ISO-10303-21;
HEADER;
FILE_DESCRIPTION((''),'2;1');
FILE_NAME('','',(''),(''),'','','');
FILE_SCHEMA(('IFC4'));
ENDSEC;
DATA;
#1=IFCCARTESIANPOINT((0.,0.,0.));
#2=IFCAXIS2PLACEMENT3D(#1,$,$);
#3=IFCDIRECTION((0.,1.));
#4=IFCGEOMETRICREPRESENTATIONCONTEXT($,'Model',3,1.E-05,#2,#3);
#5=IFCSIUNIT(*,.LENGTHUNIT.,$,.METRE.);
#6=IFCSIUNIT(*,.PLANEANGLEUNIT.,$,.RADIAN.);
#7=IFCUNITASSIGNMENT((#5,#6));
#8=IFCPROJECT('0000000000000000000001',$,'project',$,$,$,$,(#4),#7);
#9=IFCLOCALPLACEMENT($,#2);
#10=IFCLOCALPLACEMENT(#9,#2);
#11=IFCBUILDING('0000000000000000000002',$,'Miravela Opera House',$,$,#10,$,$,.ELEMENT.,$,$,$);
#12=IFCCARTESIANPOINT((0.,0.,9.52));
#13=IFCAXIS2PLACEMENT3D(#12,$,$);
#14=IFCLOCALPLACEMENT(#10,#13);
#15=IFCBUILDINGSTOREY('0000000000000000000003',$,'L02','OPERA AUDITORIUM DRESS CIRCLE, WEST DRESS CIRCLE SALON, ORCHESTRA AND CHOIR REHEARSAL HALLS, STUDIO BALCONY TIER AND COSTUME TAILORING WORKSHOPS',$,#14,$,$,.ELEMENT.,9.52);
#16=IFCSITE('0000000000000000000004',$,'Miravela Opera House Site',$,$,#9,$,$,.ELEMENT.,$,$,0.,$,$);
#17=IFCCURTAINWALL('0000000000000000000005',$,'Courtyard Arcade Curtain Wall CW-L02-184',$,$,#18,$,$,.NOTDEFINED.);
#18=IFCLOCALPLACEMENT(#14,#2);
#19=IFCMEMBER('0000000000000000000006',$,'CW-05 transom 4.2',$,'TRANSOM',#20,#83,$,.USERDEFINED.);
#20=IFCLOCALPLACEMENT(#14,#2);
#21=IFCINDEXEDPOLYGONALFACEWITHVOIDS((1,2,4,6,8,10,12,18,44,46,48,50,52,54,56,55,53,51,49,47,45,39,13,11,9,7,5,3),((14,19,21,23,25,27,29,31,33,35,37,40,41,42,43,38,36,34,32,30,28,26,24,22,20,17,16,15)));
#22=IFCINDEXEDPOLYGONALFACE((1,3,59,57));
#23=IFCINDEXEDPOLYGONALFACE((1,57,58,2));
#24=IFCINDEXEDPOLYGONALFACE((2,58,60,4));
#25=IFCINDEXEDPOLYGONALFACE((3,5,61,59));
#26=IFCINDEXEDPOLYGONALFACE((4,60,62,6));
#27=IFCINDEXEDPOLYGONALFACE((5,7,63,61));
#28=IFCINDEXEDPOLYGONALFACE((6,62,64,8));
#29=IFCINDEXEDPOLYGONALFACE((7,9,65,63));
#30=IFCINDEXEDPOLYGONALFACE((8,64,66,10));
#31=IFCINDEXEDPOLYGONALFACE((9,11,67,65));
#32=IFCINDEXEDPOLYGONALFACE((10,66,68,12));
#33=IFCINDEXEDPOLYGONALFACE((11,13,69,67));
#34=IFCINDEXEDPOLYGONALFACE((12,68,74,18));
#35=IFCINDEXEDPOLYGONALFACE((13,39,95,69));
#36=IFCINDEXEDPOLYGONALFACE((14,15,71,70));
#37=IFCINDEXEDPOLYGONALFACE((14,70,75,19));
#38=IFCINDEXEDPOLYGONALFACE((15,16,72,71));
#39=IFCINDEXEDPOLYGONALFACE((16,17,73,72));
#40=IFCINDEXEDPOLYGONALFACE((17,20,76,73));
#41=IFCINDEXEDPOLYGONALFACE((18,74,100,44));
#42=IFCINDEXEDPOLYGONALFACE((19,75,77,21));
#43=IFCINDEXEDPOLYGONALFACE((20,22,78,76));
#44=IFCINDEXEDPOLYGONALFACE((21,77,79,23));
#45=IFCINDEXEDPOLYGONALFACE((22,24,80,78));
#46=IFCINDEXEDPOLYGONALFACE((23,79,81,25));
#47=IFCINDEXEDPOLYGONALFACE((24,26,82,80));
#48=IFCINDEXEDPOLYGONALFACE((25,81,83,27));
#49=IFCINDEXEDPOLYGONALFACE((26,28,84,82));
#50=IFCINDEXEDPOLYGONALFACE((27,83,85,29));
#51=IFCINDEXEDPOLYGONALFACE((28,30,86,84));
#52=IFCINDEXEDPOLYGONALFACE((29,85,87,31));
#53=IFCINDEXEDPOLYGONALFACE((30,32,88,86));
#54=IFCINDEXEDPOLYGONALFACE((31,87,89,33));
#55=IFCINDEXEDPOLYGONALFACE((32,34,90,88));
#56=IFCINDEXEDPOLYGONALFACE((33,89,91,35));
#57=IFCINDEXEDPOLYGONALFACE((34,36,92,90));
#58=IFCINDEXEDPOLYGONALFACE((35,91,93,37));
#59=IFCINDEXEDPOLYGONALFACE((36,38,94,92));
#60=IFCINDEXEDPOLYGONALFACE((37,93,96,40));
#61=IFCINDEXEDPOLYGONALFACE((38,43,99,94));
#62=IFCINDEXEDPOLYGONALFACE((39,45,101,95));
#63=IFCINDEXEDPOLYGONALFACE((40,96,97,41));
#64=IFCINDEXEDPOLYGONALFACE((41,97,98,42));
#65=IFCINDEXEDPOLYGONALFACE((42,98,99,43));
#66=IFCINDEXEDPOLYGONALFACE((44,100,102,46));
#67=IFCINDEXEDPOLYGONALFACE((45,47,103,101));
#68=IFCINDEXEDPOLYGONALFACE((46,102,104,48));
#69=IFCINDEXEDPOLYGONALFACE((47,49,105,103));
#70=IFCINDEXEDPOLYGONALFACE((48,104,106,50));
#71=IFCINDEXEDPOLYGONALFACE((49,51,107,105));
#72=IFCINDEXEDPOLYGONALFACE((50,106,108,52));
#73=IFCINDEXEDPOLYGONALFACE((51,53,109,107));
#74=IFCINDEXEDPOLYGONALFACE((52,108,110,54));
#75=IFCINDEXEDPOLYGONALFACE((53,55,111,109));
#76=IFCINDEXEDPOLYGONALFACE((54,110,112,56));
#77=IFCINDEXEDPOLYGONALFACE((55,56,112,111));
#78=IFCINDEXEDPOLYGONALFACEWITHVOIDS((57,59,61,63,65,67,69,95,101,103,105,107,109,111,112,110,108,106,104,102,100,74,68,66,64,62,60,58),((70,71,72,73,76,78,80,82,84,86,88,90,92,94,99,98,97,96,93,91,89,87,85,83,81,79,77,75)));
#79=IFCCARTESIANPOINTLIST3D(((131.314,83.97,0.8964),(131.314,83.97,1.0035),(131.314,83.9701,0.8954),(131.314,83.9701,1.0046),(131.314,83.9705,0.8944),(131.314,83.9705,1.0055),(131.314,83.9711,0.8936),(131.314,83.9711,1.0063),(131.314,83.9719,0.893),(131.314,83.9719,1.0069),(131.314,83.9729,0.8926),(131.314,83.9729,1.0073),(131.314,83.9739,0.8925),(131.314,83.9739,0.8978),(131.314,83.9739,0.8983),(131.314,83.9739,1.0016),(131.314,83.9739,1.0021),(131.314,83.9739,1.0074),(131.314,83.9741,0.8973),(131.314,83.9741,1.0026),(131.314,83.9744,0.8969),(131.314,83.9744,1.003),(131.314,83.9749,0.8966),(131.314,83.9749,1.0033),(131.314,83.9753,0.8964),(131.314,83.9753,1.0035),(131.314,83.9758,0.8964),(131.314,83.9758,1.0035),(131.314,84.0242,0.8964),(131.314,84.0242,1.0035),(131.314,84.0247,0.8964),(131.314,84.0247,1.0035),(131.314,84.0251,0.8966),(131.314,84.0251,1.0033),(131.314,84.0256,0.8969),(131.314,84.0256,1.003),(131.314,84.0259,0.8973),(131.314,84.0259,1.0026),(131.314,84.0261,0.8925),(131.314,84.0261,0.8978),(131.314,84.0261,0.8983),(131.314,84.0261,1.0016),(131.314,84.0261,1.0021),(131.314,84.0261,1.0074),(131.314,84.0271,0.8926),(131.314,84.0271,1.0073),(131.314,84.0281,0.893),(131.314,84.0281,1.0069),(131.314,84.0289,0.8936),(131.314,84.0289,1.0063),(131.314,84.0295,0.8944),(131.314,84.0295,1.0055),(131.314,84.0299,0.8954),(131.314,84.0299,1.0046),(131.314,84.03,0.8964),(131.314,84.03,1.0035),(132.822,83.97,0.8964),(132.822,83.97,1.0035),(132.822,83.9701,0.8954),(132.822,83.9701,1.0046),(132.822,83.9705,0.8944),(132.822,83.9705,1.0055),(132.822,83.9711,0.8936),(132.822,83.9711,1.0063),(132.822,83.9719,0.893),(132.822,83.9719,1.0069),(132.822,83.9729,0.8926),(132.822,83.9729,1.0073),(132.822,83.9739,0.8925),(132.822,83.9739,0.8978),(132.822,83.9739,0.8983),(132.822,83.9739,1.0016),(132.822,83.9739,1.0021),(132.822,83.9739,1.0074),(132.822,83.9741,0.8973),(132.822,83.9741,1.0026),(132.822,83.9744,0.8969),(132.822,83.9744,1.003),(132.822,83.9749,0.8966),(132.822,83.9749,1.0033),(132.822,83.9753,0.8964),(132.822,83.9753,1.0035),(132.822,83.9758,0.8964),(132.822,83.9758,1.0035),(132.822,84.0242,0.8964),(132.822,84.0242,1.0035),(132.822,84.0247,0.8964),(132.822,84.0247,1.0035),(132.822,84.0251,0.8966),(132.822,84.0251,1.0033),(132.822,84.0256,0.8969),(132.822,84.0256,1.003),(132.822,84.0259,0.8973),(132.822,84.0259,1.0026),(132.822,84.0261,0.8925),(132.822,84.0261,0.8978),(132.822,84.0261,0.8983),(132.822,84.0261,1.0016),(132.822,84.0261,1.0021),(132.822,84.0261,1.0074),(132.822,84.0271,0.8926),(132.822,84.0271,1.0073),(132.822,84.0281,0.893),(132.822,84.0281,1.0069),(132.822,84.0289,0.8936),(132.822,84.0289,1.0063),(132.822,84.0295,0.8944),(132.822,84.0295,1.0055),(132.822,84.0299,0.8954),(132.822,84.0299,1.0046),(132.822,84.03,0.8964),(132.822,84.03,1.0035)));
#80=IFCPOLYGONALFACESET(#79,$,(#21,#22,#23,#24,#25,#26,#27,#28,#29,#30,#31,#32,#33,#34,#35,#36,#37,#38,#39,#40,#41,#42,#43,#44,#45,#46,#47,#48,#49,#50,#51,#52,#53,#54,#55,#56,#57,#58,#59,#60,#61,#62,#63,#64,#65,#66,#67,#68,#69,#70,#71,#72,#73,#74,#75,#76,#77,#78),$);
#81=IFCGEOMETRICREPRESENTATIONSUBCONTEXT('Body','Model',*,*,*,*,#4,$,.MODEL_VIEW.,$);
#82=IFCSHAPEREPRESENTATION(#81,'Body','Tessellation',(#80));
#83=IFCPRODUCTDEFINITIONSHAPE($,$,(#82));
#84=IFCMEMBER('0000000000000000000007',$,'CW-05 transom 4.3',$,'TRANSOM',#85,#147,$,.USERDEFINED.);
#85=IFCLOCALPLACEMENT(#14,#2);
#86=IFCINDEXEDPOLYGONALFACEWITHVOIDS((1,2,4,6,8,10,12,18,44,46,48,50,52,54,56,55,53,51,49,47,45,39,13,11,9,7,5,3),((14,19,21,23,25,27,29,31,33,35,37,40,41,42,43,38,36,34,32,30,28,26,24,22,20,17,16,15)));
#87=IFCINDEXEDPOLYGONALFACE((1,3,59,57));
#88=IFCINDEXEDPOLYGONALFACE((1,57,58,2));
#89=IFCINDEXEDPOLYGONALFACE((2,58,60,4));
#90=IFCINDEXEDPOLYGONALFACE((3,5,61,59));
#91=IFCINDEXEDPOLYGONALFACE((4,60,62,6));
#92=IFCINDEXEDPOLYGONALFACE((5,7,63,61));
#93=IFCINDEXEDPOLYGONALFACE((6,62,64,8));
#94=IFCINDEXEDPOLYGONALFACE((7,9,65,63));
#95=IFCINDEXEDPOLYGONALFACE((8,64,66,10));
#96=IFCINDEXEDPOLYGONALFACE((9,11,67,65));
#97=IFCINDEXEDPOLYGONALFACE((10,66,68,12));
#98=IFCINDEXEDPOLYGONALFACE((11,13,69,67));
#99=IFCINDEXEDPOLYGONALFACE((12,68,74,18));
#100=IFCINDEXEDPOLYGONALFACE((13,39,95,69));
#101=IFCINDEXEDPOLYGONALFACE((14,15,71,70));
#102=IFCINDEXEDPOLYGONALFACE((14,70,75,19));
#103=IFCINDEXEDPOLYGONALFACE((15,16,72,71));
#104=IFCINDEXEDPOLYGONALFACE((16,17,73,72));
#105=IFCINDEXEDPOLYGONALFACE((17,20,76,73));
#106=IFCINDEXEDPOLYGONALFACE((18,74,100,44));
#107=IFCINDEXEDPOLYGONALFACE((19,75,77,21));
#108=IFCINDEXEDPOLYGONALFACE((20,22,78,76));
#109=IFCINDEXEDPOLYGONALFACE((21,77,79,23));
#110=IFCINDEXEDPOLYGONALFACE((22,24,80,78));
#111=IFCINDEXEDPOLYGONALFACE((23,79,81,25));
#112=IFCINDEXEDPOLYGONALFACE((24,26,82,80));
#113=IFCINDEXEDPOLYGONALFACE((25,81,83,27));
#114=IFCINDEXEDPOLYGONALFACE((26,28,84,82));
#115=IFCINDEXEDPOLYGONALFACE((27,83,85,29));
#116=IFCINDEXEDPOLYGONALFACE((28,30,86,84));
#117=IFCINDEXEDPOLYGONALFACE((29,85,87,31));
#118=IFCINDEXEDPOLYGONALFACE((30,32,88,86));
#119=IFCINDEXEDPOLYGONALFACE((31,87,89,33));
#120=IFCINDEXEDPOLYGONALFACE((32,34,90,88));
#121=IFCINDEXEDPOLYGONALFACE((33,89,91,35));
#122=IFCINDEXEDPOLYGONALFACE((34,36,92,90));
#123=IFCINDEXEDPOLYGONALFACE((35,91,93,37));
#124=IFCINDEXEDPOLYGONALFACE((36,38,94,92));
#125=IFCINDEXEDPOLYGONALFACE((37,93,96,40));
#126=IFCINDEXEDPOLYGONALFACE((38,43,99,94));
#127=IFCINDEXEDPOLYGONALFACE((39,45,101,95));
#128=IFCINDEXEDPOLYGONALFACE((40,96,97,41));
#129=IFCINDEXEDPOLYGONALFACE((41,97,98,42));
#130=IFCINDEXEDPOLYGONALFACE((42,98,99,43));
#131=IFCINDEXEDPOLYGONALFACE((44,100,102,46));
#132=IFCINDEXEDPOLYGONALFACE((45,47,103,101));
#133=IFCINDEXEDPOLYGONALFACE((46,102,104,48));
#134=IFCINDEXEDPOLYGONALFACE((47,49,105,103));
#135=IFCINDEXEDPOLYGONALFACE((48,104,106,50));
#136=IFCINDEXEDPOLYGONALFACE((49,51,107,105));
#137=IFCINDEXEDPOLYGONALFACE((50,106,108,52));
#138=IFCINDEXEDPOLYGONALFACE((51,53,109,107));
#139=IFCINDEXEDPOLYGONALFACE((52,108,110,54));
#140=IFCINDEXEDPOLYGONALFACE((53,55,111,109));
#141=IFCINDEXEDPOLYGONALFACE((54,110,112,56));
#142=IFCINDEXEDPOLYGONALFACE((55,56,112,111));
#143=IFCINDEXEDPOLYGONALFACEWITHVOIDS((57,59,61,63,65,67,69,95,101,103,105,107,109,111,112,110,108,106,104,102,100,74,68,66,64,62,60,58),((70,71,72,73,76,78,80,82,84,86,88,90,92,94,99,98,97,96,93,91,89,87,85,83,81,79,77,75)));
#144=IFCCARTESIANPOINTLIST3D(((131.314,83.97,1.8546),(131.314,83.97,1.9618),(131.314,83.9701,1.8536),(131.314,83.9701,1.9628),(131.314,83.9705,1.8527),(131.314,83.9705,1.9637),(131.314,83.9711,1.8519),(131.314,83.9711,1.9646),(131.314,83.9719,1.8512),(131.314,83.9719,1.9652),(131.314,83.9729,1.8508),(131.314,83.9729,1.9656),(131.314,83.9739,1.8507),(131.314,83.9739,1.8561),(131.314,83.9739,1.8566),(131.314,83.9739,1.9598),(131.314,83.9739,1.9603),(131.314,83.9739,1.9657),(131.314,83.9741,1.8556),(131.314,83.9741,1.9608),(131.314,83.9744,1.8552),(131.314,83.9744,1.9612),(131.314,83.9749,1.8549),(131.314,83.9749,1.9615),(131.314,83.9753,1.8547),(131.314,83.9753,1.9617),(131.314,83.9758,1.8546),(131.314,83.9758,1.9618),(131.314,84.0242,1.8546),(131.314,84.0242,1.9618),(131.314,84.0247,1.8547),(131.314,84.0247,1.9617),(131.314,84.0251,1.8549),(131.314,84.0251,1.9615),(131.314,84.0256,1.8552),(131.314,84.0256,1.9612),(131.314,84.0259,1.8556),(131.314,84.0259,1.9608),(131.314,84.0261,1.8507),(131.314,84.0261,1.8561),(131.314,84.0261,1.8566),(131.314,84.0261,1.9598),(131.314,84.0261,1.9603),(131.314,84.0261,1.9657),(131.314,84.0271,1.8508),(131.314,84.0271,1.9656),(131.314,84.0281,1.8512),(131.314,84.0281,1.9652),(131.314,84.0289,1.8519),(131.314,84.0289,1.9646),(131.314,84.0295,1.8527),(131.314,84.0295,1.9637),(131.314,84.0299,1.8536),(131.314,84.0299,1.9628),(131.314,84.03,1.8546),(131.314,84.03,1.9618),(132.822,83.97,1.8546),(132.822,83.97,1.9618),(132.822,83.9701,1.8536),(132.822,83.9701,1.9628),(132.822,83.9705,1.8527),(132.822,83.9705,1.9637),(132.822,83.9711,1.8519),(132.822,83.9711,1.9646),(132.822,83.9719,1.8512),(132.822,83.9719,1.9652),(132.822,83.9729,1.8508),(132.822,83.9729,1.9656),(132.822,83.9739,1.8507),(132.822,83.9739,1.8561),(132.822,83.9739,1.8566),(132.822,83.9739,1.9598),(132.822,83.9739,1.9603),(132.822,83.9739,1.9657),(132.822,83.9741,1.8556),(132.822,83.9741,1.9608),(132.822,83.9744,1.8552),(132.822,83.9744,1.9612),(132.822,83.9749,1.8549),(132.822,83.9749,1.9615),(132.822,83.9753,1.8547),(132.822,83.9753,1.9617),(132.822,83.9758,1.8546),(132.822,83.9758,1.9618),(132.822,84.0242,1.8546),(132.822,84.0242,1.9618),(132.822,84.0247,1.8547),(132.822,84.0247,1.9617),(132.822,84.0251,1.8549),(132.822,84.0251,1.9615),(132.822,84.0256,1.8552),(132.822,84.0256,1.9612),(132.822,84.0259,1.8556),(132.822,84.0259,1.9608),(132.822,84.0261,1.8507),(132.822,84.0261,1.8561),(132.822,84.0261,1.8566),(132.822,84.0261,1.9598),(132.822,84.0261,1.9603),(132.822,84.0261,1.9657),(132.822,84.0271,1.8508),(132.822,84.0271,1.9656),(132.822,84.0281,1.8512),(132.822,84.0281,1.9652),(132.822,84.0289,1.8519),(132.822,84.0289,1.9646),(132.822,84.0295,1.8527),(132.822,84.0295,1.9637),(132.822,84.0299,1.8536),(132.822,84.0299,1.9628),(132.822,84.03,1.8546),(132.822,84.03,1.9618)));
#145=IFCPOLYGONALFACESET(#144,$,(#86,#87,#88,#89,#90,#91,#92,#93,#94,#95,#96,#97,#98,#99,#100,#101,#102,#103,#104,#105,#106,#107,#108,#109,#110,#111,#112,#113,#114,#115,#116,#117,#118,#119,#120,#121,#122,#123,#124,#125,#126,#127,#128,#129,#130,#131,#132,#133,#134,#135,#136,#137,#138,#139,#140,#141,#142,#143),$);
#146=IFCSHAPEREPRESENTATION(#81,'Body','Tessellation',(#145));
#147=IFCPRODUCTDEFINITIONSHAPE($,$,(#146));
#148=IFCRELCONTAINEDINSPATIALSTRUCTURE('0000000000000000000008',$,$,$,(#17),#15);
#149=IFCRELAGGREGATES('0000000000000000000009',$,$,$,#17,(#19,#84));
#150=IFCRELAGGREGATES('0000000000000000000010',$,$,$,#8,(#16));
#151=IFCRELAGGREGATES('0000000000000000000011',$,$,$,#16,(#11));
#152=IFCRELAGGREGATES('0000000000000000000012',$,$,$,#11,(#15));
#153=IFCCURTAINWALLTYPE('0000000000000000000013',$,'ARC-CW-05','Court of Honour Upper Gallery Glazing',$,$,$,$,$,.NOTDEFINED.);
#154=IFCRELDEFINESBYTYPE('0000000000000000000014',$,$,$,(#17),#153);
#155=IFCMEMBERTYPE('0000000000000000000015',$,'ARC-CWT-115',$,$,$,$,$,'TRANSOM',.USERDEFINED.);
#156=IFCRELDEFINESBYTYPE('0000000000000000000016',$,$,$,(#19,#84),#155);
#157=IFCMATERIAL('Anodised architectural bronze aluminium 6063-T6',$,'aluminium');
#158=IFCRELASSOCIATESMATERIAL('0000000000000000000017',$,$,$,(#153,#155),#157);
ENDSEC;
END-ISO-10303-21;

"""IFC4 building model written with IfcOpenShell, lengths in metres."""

from ifc_helpers import new_model, si_unit, direction, frame, origin, origin_2d, place, context, subcontext, project, spatial, hollow_rectangle, extrude, material, material_profile, profile_set, type_object, element, aggregate, save


model = new_model("IFC4")

# Units and contexts
model_context = context("Model", 3, precision=1e-05, world=origin(), true_north=direction((0.0, 1.0)))
body_context = subcontext(model_context, "Body", "Model", "MODEL_VIEW")
ifc_project = project(units=[si_unit("LENGTHUNIT", "METRE"), si_unit("PLANEANGLEUNIT", "RADIAN")], contexts=[model_context])

# Site, building, storey
site_placement = place(None, origin())
site = spatial("IfcSite", under=ifc_project, at=site_placement, Name="Miravela Opera House Site", CompositionType="ELEMENT", RefElevation=0.0)
building_placement = place(site_placement, origin())
building = spatial("IfcBuilding", under=site, at=building_placement, Name="Miravela Opera House", CompositionType="ELEMENT")
storey_placement = place(building_placement, frame((0.0, 0.0, 9.52)))
storey = spatial("IfcBuildingStorey", under=building, at=storey_placement, Name="L02", Description="OPERA AUDITORIUM DRESS CIRCLE, WEST DRESS CIRCLE SALON, ORCHESTRA AND CHOIR REHEARSAL HALLS, STUDIO BALCONY TIER AND COSTUME TAILORING WORKSHOPS", CompositionType="ELEMENT", Elevation=9.52)

# Curtain wall, members
ifc_material_1 = material(Name="Anodised architectural bronze aluminium 6063-T6", Category="aluminium")
curtain_wall_type = type_object("IfcCurtainWallType", Name="ARC-CW-05", Description="Court of Honour Upper Gallery Glazing", PredefinedType="NOTDEFINED", material=ifc_material_1)
curtain_wall_placement = place(storey_placement, origin())
curtain_wall = element("IfcCurtainWall", 1, at=curtain_wall_placement, inside=storey, type_object=curtain_wall_type, Name="Courtyard Arcade Curtain Wall CW-L02-184", PredefinedType="NOTDEFINED")
ifc_material_profile_1 = material_profile(ifc_material_1, hollow_rectangle(XDim=0.0601, YDim=0.115, WallThickness=0.0039, InnerFilletRadius=0.002, OuterFilletRadius=0.0039, at=origin_2d()), Name="CWT-60X115")
ifc_profile_set_1 = profile_set([ifc_material_profile_1])
member_type_1 = type_object("IfcMemberType", Name="ARC-CWT-115", ElementType="TRANSOM", PredefinedType="USERDEFINED", material=ifc_profile_set_1)
member_1_placement = place(storey_placement, frame((131.314, 84.0, 0.95), z_axis=(1.0, 0.0, 0.0), x_axis=(0.0, 1.0, 0.0)))
member_1 = element("IfcMember", 2, at=member_1_placement, type_object=member_type_1, Name="CW-05 transom 4.2", ObjectType="TRANSOM", PredefinedType="USERDEFINED", context=body_context, shape_type="SweptSolid", body=[
    extrude(hollow_rectangle(XDim=0.0601, YDim=0.115, WallThickness=0.0039, InnerFilletRadius=0.002, OuterFilletRadius=0.0039, at=origin_2d()), origin(), (0.0, 0.0, 1.0), 1.5081),
])
member_2_placement = place(storey_placement, frame((131.314, 84.0, 1.9082), z_axis=(1.0, 0.0, 0.0), x_axis=(0.0, 1.0, 0.0)))
member_2 = element("IfcMember", 3, at=member_2_placement, type_object=member_type_1, Name="CW-05 transom 4.3", ObjectType="TRANSOM", PredefinedType="USERDEFINED", context=body_context, shape_type="SweptSolid", body=[
    extrude(hollow_rectangle(XDim=0.0601, YDim=0.115, WallThickness=0.0039, InnerFilletRadius=0.002, OuterFilletRadius=0.0039, at=origin_2d()), origin(), (0.0, 0.0, 1.0), 1.5081),
])
aggregate(curtain_wall, [member_1, member_2])

save(model, "model.ifc")
